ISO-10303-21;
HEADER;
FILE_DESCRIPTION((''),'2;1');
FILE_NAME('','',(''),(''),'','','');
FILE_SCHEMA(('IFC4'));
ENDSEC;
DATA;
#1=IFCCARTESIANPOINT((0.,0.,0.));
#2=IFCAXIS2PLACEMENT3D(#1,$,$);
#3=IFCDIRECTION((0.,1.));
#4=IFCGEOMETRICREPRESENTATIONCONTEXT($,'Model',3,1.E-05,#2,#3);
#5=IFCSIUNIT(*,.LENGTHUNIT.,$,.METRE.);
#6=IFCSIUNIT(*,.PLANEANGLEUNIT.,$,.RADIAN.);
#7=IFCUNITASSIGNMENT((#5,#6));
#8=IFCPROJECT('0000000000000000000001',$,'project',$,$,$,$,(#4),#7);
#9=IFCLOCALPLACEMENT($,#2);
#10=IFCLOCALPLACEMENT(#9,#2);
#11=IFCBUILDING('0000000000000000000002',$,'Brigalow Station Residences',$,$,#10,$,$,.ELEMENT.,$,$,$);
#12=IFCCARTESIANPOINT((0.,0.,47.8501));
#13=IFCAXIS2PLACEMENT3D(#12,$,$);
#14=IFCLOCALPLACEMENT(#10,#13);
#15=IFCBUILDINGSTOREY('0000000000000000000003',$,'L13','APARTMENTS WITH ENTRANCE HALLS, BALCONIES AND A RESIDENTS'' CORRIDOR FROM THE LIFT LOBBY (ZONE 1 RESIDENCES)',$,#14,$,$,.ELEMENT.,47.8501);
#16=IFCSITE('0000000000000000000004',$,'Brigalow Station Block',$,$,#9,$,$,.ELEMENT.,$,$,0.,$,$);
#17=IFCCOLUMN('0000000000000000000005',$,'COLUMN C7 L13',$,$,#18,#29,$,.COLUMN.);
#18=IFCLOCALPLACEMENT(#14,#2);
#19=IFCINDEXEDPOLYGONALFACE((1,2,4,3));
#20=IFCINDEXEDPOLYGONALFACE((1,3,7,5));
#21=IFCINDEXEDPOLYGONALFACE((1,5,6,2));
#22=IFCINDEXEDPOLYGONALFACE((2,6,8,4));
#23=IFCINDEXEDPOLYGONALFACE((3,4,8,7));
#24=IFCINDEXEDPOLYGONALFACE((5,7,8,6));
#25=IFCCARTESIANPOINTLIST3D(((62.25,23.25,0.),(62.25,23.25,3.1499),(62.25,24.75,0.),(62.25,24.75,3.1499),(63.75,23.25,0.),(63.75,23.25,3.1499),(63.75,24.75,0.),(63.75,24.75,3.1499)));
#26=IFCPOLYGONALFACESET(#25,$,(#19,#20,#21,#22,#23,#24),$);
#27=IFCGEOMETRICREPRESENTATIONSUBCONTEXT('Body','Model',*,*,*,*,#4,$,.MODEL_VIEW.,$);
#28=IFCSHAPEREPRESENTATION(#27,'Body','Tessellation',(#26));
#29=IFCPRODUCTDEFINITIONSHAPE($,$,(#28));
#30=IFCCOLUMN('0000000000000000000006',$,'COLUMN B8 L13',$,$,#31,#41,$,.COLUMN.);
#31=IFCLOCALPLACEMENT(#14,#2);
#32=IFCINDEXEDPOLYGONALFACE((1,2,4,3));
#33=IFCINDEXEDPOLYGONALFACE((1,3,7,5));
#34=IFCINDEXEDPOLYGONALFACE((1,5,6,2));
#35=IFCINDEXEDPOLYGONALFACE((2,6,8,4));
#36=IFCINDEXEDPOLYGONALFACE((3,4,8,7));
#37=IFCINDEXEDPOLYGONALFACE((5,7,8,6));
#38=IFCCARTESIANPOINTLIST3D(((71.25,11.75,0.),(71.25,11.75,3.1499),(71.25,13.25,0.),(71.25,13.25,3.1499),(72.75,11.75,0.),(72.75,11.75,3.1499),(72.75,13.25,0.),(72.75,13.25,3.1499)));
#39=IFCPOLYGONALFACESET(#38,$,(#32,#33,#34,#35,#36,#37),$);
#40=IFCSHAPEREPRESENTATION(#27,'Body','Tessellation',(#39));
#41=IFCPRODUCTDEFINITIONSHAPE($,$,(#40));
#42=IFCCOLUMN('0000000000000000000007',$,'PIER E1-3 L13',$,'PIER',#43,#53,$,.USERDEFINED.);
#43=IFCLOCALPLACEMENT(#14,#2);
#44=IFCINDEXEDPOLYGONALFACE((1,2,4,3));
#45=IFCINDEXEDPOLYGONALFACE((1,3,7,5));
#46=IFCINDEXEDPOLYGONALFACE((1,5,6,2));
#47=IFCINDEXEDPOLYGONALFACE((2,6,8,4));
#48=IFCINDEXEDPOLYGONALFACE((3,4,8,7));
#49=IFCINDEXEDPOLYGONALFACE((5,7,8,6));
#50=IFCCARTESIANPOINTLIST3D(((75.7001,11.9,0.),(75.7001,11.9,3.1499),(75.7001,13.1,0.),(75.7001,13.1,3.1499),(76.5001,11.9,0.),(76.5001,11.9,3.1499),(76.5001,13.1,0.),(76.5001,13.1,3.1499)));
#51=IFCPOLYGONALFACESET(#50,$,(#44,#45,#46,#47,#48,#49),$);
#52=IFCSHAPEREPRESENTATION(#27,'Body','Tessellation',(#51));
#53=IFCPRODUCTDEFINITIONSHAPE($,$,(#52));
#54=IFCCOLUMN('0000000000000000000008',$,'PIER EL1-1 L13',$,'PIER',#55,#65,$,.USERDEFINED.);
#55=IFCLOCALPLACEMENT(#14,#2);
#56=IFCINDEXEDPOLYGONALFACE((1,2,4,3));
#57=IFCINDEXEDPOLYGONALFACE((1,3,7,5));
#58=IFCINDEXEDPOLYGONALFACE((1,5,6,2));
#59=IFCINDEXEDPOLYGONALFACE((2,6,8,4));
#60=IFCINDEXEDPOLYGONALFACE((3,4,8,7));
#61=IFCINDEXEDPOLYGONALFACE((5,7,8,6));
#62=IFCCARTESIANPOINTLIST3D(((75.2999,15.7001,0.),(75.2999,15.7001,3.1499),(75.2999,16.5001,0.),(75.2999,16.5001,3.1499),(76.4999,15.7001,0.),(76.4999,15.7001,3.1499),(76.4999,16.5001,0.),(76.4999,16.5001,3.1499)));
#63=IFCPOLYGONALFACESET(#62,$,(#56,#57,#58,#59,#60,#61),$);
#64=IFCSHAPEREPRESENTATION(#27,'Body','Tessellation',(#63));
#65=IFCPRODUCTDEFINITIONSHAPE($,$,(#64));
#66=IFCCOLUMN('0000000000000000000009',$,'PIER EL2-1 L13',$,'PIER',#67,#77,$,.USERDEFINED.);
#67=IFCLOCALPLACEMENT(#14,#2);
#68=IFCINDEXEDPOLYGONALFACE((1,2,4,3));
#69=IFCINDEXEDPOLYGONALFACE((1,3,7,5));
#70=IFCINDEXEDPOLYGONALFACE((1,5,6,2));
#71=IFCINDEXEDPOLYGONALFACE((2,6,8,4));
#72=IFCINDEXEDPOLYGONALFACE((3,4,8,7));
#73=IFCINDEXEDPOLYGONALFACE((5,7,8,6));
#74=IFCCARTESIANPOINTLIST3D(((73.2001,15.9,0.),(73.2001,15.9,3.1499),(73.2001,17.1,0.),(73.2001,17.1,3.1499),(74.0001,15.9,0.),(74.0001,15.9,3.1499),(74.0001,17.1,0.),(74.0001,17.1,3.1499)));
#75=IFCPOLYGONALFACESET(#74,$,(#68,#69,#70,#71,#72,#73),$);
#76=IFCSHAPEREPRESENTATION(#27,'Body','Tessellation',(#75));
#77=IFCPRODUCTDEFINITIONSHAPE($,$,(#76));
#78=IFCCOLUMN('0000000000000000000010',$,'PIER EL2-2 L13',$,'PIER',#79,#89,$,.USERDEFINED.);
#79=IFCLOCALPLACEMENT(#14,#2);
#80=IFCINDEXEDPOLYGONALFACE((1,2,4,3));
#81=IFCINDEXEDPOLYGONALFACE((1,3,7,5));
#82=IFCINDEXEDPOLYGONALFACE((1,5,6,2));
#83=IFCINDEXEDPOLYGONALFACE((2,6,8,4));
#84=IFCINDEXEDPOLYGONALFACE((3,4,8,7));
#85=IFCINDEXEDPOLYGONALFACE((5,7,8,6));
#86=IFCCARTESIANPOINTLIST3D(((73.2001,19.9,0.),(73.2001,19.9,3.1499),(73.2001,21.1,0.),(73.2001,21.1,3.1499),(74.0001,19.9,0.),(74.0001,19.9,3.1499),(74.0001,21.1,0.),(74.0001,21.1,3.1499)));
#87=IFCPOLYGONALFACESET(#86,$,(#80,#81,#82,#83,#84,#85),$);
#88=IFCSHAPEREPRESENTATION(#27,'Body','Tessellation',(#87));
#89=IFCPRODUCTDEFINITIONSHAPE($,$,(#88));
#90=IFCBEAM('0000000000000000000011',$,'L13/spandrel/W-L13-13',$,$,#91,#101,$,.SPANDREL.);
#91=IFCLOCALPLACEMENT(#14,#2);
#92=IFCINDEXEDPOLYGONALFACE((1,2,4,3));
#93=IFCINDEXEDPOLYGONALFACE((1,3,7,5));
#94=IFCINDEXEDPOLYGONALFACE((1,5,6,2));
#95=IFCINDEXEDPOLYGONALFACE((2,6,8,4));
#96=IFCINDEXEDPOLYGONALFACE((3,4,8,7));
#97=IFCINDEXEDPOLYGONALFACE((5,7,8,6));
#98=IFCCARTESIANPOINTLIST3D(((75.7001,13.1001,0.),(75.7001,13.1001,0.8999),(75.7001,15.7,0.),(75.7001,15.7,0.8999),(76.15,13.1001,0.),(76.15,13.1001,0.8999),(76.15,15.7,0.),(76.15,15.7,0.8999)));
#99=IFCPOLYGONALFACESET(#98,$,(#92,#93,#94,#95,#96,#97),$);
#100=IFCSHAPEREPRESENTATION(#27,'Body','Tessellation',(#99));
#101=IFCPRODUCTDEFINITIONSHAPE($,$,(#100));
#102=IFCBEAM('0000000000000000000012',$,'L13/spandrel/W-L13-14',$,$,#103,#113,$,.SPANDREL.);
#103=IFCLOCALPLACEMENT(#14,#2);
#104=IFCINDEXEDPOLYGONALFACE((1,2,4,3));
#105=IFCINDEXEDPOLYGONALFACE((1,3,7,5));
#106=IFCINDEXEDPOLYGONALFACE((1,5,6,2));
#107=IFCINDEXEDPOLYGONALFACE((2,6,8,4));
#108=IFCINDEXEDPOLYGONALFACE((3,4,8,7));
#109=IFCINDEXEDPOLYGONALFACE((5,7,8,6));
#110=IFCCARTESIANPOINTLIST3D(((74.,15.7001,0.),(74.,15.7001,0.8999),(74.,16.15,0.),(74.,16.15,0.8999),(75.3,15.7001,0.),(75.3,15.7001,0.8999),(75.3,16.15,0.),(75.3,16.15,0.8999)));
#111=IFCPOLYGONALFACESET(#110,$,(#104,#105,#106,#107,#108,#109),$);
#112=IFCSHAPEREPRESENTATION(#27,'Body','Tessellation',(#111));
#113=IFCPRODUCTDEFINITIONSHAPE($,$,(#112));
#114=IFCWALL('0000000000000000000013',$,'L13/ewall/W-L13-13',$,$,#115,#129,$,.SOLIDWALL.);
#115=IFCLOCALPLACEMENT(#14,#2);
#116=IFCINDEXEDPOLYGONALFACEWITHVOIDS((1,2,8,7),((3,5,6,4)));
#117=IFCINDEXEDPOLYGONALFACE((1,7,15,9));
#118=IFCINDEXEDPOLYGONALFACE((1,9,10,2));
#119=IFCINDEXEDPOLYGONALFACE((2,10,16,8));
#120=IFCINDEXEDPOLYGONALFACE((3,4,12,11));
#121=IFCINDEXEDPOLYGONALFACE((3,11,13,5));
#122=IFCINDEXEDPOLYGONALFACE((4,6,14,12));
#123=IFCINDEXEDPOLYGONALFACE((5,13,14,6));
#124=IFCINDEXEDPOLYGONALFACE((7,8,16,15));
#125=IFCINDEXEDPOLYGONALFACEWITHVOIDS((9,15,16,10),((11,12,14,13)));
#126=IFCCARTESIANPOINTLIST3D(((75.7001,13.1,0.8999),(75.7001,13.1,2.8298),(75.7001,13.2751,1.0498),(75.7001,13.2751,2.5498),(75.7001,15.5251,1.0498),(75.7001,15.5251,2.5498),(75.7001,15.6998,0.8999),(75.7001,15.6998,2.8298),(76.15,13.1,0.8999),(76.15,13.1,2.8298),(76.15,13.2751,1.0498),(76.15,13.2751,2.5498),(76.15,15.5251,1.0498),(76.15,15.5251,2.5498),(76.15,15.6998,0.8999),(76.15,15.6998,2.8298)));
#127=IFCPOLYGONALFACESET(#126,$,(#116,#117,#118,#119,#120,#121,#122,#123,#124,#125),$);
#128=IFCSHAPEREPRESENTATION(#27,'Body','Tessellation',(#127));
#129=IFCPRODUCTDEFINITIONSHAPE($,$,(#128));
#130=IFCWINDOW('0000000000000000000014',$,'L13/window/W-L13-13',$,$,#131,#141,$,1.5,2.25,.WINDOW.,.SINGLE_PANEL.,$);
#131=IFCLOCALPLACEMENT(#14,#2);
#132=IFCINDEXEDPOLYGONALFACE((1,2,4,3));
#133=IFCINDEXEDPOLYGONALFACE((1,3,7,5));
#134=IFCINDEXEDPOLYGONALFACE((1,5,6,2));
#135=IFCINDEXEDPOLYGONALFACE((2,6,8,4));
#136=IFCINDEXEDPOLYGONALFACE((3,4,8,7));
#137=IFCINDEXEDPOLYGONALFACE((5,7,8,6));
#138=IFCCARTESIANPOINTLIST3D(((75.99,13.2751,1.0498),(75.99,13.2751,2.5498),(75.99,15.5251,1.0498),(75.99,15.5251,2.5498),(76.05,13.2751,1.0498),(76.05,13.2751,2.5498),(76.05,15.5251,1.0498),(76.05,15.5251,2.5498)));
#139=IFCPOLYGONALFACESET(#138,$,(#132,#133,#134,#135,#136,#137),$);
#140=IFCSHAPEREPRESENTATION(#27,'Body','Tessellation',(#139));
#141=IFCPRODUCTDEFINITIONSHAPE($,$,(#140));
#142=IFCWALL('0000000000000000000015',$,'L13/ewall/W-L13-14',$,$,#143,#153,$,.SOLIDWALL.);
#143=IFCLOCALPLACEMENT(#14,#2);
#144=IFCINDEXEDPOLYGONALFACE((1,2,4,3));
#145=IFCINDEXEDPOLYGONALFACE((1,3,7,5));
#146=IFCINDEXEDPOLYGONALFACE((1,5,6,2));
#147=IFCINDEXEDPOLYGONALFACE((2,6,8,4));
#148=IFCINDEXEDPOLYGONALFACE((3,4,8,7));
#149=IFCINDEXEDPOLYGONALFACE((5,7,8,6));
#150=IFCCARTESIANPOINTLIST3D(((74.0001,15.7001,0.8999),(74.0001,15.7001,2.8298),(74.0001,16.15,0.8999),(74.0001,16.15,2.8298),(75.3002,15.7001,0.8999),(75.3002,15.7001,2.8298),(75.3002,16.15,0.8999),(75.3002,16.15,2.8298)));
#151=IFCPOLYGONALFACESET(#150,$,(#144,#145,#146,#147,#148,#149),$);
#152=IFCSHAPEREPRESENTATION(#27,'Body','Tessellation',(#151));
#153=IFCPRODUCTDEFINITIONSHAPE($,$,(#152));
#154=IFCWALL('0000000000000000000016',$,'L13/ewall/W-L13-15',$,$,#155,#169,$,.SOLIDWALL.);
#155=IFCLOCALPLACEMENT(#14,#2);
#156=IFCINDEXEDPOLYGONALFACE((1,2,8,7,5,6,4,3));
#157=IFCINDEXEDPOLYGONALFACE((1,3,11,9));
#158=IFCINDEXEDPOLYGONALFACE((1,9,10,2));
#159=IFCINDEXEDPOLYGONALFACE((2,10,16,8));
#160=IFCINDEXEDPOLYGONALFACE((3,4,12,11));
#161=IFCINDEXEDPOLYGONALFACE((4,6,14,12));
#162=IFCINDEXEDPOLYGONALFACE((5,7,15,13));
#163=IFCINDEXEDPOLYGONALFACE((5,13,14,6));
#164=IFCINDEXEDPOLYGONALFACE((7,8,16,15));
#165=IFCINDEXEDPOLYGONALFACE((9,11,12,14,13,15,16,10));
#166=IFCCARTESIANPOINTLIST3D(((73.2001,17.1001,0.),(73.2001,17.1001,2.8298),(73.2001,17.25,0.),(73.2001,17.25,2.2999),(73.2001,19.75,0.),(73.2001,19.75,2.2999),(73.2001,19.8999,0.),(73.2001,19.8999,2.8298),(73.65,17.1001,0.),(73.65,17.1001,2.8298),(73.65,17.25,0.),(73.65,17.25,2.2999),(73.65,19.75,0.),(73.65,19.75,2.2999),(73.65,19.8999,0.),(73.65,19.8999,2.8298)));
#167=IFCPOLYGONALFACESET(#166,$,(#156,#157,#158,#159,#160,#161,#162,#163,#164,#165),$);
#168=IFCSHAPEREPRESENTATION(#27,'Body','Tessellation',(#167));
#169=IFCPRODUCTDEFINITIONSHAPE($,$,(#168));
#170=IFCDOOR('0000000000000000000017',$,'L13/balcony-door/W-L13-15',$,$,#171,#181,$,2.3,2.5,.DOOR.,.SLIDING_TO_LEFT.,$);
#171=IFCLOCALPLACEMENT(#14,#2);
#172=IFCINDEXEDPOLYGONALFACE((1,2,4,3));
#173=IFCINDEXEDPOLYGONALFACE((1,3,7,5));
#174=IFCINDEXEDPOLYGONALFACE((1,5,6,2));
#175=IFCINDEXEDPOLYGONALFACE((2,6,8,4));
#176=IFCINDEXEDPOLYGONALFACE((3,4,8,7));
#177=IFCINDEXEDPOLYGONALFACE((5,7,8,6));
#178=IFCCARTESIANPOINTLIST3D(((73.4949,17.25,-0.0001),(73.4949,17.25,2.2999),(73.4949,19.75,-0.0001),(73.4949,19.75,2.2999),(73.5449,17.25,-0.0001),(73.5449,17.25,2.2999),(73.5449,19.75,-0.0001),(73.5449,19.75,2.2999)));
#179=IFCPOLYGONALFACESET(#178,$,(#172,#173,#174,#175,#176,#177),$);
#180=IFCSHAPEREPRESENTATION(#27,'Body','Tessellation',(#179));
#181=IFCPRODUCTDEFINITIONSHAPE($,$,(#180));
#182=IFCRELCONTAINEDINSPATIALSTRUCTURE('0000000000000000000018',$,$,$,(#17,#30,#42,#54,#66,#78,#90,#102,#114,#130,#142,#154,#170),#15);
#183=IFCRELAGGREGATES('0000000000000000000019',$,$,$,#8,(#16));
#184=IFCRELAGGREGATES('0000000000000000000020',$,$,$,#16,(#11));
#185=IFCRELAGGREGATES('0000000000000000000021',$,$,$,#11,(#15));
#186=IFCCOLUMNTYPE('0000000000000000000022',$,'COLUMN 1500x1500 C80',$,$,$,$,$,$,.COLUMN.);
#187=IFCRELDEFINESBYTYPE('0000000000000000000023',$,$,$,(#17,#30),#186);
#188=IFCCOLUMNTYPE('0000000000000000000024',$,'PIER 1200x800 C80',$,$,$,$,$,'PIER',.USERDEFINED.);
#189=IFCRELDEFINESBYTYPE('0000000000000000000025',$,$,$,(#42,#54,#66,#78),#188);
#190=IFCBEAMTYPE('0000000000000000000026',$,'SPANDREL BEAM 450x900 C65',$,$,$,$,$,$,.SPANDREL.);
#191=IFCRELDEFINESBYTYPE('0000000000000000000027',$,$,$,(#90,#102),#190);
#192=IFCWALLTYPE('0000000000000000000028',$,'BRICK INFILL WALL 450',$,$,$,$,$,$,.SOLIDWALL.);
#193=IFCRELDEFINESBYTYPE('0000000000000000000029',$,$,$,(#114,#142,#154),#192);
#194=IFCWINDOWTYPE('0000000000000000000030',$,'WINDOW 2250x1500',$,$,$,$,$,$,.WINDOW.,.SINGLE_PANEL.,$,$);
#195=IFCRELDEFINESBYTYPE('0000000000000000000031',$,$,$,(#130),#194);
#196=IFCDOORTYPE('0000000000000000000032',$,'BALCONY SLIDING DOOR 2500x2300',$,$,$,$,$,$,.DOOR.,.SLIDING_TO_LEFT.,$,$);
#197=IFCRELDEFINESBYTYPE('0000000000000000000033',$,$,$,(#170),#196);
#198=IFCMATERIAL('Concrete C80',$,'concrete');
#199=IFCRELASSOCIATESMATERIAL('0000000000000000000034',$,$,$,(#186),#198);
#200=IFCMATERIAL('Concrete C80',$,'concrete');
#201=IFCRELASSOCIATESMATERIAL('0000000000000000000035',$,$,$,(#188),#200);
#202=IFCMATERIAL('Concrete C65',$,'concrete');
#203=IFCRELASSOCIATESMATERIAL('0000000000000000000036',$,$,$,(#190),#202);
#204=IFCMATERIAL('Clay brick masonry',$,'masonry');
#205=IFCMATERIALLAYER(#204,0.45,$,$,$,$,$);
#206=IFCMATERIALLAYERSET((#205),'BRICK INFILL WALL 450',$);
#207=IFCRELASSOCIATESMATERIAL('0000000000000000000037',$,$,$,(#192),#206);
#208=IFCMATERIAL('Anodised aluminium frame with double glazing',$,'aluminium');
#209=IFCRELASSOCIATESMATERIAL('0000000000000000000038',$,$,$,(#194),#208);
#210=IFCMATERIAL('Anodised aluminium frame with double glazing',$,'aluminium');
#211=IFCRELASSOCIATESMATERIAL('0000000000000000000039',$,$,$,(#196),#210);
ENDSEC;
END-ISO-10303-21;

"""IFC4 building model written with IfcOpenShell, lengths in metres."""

from ifc_helpers import new_model, si_unit, direction, frame, frame_2d, origin, origin_2d, place, context, subcontext, project, spatial, rectangle, extrude, material, layer, layer_set, material_profile, profile_set, type_object, element, fill, save


model = new_model("IFC4")

# Units and contexts
model_context = context("Model", 3, precision=1e-05, world=origin(), true_north=direction((0.0, 1.0)))
body_context = subcontext(model_context, "Body", "Model", "MODEL_VIEW")
ifc_project = project(units=[si_unit("LENGTHUNIT", "METRE"), si_unit("PLANEANGLEUNIT", "RADIAN")], contexts=[model_context])

# Site, building, storey
site_placement = place(None, origin())
site = spatial("IfcSite", under=ifc_project, at=site_placement, Name="Brigalow Station Block", CompositionType="ELEMENT", RefElevation=0.0)
building_placement = place(site_placement, origin())
building = spatial("IfcBuilding", under=site, at=building_placement, Name="Brigalow Station Residences", CompositionType="ELEMENT")
storey_placement = place(building_placement, frame((0.0, 0.0, 47.8501)))
storey = spatial("IfcBuildingStorey", under=building, at=storey_placement, Name="L13", Description="APARTMENTS WITH ENTRANCE HALLS, BALCONIES AND A RESIDENTS' CORRIDOR FROM THE LIFT LOBBY (ZONE 1 RESIDENCES)", CompositionType="ELEMENT", Elevation=47.8501)

# Columns
ifc_material_1 = material(Name="Concrete C80", Category="concrete")
ifc_material_profile_1 = material_profile(ifc_material_1, rectangle(XDim=1.5, YDim=1.5, at=origin_2d()), Name="RC1500x1500")
ifc_profile_set_1 = profile_set([ifc_material_profile_1], Name="Concrete C80")
column_type_1 = type_object("IfcColumnType", Name="COLUMN 1500x1500 C80", PredefinedType="COLUMN", material=ifc_profile_set_1)
for number, where, z_axis, x_axis, name in (
    (1, (63.0, 24.0, 0.0), (0.0, 0.0, 1.0), (1.0, 0.0, 0.0), "COLUMN C7 L13"),
    (2, (72.0, 12.5, 0.0), (0.0, 0.0, 1.0), (1.0, 0.0, 0.0), "COLUMN B8 L13"),
):
    element("IfcColumn", number, at=place(storey_placement, frame(where, z_axis=z_axis, x_axis=x_axis)), inside=storey, type_object=column_type_1, Name=name, PredefinedType="COLUMN", context=body_context, shape_type="SweptSolid", body=[
        extrude(rectangle(XDim=1.5, YDim=1.5, at=origin_2d()), origin(), (0.0, 0.0, 1.0), 3.1499),
    ])
ifc_material_2 = material(Name="Concrete C80", Category="concrete")
ifc_material_profile_2 = material_profile(ifc_material_2, rectangle(XDim=1.2, YDim=0.8, at=origin_2d()), Name="RC1200x800")
ifc_profile_set_2 = profile_set([ifc_material_profile_2], Name="Concrete C80")
column_type_2 = type_object("IfcColumnType", Name="PIER 1200x800 C80", ElementType="PIER", PredefinedType="USERDEFINED", material=ifc_profile_set_2)
for number, where, z_axis, x_axis, name in (
    (3, (76.1001, 12.5, 0.0), (0.0, 0.0, 1.0), (0.0, 1.0, 0.0), "PIER E1-3 L13"),
    (4, (75.8999, 16.1001, 0.0), (0.0, 0.0, 1.0), (-1.0, 0.0, 0.0), "PIER EL1-1 L13"),
    (5, (73.6001, 16.5, 0.0), (0.0, 0.0, 1.0), (0.0, 1.0, 0.0), "PIER EL2-1 L13"),
    (6, (73.6001, 20.5, 0.0), (0.0, 0.0, 1.0), (0.0, 1.0, 0.0), "PIER EL2-2 L13"),
):
    element("IfcColumn", number, at=place(storey_placement, frame(where, z_axis=z_axis, x_axis=x_axis)), inside=storey, type_object=column_type_2, Name=name, ObjectType="PIER", PredefinedType="USERDEFINED", context=body_context, shape_type="SweptSolid", body=[
        extrude(rectangle(XDim=1.2, YDim=0.8, at=origin_2d()), origin(), (0.0, 0.0, 1.0), 3.1499),
    ])

# Beams
ifc_material_3 = material(Name="Concrete C65", Category="concrete")
ifc_material_profile_3 = material_profile(ifc_material_3, rectangle(XDim=0.45, YDim=0.8999, at=origin_2d()), Name="RC450x900")
ifc_profile_set_3 = profile_set([ifc_material_profile_3], Name="Concrete C65")
beam_type = type_object("IfcBeamType", Name="SPANDREL BEAM 450x900 C65", PredefinedType="SPANDREL", material=ifc_profile_set_3)
beam_1_placement = place(storey_placement, frame((75.925, 13.1001, 0.45), z_axis=(0.0, 1.0, 0.0), x_axis=(-1.0, 0.0, 0.0)))
element("IfcBeam", 7, at=beam_1_placement, inside=storey, type_object=beam_type, Name="L13/spandrel/W-L13-13", PredefinedType="SPANDREL", context=body_context, shape_type="SweptSolid", body=[
    extrude(rectangle(XDim=0.45, YDim=0.8999, at=origin_2d()), origin(), (0.0, 0.0, 1.0), 2.5999),
])
beam_2_placement = place(storey_placement, frame((75.3, 15.925, 0.45), z_axis=(-1.0, 0.0, 0.0), x_axis=(0.0, -1.0, 0.0)))
element("IfcBeam", 8, at=beam_2_placement, inside=storey, type_object=beam_type, Name="L13/spandrel/W-L13-14", PredefinedType="SPANDREL", context=body_context, shape_type="SweptSolid", body=[
    extrude(rectangle(XDim=0.45, YDim=0.8999, at=origin_2d()), origin(), (0.0, 0.0, 1.0), 1.3),
])

# Wall, opening, window
ifc_material_4 = material(Name="Clay brick masonry", Category="masonry")
ifc_layer_1 = layer(ifc_material_4, 0.45)
ifc_layer_set_1 = layer_set([ifc_layer_1], Name="BRICK INFILL WALL 450")
wall_type_1 = type_object("IfcWallType", Name="BRICK INFILL WALL 450", PredefinedType="SOLIDWALL", material=ifc_layer_set_1)
wall_1_placement = place(storey_placement, frame((75.925, 13.1001, 0.8999), z_axis=(0.0, 0.0, 1.0), x_axis=(0.0, 1.0, 0.0)))
wall_1 = element("IfcWall", 9, at=wall_1_placement, inside=storey, type_object=wall_type_1, Name="L13/ewall/W-L13-13", PredefinedType="SOLIDWALL", context=body_context, shape_type="SweptSolid", body=[
    extrude(rectangle(XDim=2.5999, YDim=0.45, at=frame_2d((1.2998, 0.0))), origin(), (0.0, 0.0, 1.0), 1.9299),
])
opening_1_placement = place(wall_1_placement, frame((0.175, 0.0, 0.1499)))
opening_1 = element("IfcOpeningElement", 10, at=opening_1_placement, cuts=wall_1, PredefinedType="OPENING", context=body_context, shape_type="SweptSolid", body=[
    extrude(rectangle(XDim=2.25, YDim=1.5, at=frame_2d((1.125, 0.75))), frame((0.0, 0.2349, 0.0), z_axis=(0.0, -1.0, 0.0), x_axis=(1.0, 0.0, 0.0)), (0.0, 0.0, 1.0), 0.47),
])
ifc_material_5 = material(Name="Anodised aluminium frame with double glazing", Category="aluminium")
window_type = type_object("IfcWindowType", Name="WINDOW 2250x1500", PartitioningType="SINGLE_PANEL", PredefinedType="WINDOW", material=ifc_material_5)
window_placement = place(opening_1_placement, origin())
window = element("IfcWindow", 11, at=window_placement, inside=storey, type_object=window_type, Name="L13/window/W-L13-13", OverallHeight=1.5, OverallWidth=2.25, PartitioningType="SINGLE_PANEL", PredefinedType="WINDOW", context=body_context, shape_type="SweptSolid", body=[
    extrude(rectangle(XDim=2.25, YDim=1.5, at=frame_2d((1.125, 0.75))), frame((0.0, -0.0649, 0.0), z_axis=(0.0, -1.0, 0.0), x_axis=(1.0, 0.0, 0.0)), (0.0, 0.0, 1.0), 0.0601),
])
fill(opening_1, window)

# Wall
wall_2_placement = place(storey_placement, frame((75.3, 15.925, 0.8999), z_axis=(0.0, 0.0, 1.0), x_axis=(-1.0, 0.0, 0.0)))
element("IfcWall", 12, at=wall_2_placement, inside=storey, type_object=wall_type_1, Name="L13/ewall/W-L13-14", PredefinedType="SOLIDWALL", context=body_context, shape_type="SweptSolid", body=[
    extrude(rectangle(XDim=1.3, YDim=0.45, at=frame_2d((0.6499, 0.0))), origin(), (0.0, 0.0, 1.0), 1.9299),
])

# Wall, opening, door
wall_3_placement = place(storey_placement, frame((73.425, 17.1001, 0.0), z_axis=(0.0, 0.0, 1.0), x_axis=(0.0, 1.0, 0.0)))
wall_3 = element("IfcWall", 13, at=wall_3_placement, inside=storey, type_object=wall_type_1, Name="L13/ewall/W-L13-15", PredefinedType="SOLIDWALL", context=body_context, shape_type="SweptSolid", body=[
    extrude(rectangle(XDim=2.7998, YDim=0.45, at=frame_2d((1.3999, 0.0))), origin(), (0.0, 0.0, 1.0), 2.8298),
])
opening_2_placement = place(wall_3_placement, frame((0.1499, 0.0, 0.0)))
opening_2 = element("IfcOpeningElement", 14, at=opening_2_placement, cuts=wall_3, PredefinedType="OPENING", context=body_context, shape_type="SweptSolid", body=[
    extrude(rectangle(XDim=2.5, YDim=2.3, at=frame_2d((1.25, 1.1499))), frame((0.0, 0.2349, 0.0), z_axis=(0.0, -1.0, 0.0), x_axis=(1.0, 0.0, 0.0)), (0.0, 0.0, 1.0), 0.47),
])
ifc_material_6 = material(Name="Anodised aluminium frame with double glazing", Category="aluminium")
door_type_1 = type_object("IfcDoorType", Name="BALCONY SLIDING DOOR 2500x2300", OperationType="SLIDING_TO_LEFT", PredefinedType="DOOR", material=ifc_material_6)
door_1_placement = place(opening_2_placement, origin())
door_1 = element("IfcDoor", 15, at=door_1_placement, inside=storey, type_object=door_type_1, Name="L13/balcony-door/W-L13-15", OperationType="SLIDING_TO_LEFT", OverallHeight=2.3, OverallWidth=2.5, PredefinedType="DOOR", context=body_context, shape_type="SweptSolid", body=[
    extrude(rectangle(XDim=2.5, YDim=2.3, at=frame_2d((1.25, 1.1499))), frame((0.0, -0.0698, 0.0), z_axis=(0.0, -1.0, 0.0), x_axis=(1.0, 0.0, 0.0)), (0.0, 0.0, 1.0), 0.05),
])
fill(opening_2, door_1)

save(model, "model.ifc")
